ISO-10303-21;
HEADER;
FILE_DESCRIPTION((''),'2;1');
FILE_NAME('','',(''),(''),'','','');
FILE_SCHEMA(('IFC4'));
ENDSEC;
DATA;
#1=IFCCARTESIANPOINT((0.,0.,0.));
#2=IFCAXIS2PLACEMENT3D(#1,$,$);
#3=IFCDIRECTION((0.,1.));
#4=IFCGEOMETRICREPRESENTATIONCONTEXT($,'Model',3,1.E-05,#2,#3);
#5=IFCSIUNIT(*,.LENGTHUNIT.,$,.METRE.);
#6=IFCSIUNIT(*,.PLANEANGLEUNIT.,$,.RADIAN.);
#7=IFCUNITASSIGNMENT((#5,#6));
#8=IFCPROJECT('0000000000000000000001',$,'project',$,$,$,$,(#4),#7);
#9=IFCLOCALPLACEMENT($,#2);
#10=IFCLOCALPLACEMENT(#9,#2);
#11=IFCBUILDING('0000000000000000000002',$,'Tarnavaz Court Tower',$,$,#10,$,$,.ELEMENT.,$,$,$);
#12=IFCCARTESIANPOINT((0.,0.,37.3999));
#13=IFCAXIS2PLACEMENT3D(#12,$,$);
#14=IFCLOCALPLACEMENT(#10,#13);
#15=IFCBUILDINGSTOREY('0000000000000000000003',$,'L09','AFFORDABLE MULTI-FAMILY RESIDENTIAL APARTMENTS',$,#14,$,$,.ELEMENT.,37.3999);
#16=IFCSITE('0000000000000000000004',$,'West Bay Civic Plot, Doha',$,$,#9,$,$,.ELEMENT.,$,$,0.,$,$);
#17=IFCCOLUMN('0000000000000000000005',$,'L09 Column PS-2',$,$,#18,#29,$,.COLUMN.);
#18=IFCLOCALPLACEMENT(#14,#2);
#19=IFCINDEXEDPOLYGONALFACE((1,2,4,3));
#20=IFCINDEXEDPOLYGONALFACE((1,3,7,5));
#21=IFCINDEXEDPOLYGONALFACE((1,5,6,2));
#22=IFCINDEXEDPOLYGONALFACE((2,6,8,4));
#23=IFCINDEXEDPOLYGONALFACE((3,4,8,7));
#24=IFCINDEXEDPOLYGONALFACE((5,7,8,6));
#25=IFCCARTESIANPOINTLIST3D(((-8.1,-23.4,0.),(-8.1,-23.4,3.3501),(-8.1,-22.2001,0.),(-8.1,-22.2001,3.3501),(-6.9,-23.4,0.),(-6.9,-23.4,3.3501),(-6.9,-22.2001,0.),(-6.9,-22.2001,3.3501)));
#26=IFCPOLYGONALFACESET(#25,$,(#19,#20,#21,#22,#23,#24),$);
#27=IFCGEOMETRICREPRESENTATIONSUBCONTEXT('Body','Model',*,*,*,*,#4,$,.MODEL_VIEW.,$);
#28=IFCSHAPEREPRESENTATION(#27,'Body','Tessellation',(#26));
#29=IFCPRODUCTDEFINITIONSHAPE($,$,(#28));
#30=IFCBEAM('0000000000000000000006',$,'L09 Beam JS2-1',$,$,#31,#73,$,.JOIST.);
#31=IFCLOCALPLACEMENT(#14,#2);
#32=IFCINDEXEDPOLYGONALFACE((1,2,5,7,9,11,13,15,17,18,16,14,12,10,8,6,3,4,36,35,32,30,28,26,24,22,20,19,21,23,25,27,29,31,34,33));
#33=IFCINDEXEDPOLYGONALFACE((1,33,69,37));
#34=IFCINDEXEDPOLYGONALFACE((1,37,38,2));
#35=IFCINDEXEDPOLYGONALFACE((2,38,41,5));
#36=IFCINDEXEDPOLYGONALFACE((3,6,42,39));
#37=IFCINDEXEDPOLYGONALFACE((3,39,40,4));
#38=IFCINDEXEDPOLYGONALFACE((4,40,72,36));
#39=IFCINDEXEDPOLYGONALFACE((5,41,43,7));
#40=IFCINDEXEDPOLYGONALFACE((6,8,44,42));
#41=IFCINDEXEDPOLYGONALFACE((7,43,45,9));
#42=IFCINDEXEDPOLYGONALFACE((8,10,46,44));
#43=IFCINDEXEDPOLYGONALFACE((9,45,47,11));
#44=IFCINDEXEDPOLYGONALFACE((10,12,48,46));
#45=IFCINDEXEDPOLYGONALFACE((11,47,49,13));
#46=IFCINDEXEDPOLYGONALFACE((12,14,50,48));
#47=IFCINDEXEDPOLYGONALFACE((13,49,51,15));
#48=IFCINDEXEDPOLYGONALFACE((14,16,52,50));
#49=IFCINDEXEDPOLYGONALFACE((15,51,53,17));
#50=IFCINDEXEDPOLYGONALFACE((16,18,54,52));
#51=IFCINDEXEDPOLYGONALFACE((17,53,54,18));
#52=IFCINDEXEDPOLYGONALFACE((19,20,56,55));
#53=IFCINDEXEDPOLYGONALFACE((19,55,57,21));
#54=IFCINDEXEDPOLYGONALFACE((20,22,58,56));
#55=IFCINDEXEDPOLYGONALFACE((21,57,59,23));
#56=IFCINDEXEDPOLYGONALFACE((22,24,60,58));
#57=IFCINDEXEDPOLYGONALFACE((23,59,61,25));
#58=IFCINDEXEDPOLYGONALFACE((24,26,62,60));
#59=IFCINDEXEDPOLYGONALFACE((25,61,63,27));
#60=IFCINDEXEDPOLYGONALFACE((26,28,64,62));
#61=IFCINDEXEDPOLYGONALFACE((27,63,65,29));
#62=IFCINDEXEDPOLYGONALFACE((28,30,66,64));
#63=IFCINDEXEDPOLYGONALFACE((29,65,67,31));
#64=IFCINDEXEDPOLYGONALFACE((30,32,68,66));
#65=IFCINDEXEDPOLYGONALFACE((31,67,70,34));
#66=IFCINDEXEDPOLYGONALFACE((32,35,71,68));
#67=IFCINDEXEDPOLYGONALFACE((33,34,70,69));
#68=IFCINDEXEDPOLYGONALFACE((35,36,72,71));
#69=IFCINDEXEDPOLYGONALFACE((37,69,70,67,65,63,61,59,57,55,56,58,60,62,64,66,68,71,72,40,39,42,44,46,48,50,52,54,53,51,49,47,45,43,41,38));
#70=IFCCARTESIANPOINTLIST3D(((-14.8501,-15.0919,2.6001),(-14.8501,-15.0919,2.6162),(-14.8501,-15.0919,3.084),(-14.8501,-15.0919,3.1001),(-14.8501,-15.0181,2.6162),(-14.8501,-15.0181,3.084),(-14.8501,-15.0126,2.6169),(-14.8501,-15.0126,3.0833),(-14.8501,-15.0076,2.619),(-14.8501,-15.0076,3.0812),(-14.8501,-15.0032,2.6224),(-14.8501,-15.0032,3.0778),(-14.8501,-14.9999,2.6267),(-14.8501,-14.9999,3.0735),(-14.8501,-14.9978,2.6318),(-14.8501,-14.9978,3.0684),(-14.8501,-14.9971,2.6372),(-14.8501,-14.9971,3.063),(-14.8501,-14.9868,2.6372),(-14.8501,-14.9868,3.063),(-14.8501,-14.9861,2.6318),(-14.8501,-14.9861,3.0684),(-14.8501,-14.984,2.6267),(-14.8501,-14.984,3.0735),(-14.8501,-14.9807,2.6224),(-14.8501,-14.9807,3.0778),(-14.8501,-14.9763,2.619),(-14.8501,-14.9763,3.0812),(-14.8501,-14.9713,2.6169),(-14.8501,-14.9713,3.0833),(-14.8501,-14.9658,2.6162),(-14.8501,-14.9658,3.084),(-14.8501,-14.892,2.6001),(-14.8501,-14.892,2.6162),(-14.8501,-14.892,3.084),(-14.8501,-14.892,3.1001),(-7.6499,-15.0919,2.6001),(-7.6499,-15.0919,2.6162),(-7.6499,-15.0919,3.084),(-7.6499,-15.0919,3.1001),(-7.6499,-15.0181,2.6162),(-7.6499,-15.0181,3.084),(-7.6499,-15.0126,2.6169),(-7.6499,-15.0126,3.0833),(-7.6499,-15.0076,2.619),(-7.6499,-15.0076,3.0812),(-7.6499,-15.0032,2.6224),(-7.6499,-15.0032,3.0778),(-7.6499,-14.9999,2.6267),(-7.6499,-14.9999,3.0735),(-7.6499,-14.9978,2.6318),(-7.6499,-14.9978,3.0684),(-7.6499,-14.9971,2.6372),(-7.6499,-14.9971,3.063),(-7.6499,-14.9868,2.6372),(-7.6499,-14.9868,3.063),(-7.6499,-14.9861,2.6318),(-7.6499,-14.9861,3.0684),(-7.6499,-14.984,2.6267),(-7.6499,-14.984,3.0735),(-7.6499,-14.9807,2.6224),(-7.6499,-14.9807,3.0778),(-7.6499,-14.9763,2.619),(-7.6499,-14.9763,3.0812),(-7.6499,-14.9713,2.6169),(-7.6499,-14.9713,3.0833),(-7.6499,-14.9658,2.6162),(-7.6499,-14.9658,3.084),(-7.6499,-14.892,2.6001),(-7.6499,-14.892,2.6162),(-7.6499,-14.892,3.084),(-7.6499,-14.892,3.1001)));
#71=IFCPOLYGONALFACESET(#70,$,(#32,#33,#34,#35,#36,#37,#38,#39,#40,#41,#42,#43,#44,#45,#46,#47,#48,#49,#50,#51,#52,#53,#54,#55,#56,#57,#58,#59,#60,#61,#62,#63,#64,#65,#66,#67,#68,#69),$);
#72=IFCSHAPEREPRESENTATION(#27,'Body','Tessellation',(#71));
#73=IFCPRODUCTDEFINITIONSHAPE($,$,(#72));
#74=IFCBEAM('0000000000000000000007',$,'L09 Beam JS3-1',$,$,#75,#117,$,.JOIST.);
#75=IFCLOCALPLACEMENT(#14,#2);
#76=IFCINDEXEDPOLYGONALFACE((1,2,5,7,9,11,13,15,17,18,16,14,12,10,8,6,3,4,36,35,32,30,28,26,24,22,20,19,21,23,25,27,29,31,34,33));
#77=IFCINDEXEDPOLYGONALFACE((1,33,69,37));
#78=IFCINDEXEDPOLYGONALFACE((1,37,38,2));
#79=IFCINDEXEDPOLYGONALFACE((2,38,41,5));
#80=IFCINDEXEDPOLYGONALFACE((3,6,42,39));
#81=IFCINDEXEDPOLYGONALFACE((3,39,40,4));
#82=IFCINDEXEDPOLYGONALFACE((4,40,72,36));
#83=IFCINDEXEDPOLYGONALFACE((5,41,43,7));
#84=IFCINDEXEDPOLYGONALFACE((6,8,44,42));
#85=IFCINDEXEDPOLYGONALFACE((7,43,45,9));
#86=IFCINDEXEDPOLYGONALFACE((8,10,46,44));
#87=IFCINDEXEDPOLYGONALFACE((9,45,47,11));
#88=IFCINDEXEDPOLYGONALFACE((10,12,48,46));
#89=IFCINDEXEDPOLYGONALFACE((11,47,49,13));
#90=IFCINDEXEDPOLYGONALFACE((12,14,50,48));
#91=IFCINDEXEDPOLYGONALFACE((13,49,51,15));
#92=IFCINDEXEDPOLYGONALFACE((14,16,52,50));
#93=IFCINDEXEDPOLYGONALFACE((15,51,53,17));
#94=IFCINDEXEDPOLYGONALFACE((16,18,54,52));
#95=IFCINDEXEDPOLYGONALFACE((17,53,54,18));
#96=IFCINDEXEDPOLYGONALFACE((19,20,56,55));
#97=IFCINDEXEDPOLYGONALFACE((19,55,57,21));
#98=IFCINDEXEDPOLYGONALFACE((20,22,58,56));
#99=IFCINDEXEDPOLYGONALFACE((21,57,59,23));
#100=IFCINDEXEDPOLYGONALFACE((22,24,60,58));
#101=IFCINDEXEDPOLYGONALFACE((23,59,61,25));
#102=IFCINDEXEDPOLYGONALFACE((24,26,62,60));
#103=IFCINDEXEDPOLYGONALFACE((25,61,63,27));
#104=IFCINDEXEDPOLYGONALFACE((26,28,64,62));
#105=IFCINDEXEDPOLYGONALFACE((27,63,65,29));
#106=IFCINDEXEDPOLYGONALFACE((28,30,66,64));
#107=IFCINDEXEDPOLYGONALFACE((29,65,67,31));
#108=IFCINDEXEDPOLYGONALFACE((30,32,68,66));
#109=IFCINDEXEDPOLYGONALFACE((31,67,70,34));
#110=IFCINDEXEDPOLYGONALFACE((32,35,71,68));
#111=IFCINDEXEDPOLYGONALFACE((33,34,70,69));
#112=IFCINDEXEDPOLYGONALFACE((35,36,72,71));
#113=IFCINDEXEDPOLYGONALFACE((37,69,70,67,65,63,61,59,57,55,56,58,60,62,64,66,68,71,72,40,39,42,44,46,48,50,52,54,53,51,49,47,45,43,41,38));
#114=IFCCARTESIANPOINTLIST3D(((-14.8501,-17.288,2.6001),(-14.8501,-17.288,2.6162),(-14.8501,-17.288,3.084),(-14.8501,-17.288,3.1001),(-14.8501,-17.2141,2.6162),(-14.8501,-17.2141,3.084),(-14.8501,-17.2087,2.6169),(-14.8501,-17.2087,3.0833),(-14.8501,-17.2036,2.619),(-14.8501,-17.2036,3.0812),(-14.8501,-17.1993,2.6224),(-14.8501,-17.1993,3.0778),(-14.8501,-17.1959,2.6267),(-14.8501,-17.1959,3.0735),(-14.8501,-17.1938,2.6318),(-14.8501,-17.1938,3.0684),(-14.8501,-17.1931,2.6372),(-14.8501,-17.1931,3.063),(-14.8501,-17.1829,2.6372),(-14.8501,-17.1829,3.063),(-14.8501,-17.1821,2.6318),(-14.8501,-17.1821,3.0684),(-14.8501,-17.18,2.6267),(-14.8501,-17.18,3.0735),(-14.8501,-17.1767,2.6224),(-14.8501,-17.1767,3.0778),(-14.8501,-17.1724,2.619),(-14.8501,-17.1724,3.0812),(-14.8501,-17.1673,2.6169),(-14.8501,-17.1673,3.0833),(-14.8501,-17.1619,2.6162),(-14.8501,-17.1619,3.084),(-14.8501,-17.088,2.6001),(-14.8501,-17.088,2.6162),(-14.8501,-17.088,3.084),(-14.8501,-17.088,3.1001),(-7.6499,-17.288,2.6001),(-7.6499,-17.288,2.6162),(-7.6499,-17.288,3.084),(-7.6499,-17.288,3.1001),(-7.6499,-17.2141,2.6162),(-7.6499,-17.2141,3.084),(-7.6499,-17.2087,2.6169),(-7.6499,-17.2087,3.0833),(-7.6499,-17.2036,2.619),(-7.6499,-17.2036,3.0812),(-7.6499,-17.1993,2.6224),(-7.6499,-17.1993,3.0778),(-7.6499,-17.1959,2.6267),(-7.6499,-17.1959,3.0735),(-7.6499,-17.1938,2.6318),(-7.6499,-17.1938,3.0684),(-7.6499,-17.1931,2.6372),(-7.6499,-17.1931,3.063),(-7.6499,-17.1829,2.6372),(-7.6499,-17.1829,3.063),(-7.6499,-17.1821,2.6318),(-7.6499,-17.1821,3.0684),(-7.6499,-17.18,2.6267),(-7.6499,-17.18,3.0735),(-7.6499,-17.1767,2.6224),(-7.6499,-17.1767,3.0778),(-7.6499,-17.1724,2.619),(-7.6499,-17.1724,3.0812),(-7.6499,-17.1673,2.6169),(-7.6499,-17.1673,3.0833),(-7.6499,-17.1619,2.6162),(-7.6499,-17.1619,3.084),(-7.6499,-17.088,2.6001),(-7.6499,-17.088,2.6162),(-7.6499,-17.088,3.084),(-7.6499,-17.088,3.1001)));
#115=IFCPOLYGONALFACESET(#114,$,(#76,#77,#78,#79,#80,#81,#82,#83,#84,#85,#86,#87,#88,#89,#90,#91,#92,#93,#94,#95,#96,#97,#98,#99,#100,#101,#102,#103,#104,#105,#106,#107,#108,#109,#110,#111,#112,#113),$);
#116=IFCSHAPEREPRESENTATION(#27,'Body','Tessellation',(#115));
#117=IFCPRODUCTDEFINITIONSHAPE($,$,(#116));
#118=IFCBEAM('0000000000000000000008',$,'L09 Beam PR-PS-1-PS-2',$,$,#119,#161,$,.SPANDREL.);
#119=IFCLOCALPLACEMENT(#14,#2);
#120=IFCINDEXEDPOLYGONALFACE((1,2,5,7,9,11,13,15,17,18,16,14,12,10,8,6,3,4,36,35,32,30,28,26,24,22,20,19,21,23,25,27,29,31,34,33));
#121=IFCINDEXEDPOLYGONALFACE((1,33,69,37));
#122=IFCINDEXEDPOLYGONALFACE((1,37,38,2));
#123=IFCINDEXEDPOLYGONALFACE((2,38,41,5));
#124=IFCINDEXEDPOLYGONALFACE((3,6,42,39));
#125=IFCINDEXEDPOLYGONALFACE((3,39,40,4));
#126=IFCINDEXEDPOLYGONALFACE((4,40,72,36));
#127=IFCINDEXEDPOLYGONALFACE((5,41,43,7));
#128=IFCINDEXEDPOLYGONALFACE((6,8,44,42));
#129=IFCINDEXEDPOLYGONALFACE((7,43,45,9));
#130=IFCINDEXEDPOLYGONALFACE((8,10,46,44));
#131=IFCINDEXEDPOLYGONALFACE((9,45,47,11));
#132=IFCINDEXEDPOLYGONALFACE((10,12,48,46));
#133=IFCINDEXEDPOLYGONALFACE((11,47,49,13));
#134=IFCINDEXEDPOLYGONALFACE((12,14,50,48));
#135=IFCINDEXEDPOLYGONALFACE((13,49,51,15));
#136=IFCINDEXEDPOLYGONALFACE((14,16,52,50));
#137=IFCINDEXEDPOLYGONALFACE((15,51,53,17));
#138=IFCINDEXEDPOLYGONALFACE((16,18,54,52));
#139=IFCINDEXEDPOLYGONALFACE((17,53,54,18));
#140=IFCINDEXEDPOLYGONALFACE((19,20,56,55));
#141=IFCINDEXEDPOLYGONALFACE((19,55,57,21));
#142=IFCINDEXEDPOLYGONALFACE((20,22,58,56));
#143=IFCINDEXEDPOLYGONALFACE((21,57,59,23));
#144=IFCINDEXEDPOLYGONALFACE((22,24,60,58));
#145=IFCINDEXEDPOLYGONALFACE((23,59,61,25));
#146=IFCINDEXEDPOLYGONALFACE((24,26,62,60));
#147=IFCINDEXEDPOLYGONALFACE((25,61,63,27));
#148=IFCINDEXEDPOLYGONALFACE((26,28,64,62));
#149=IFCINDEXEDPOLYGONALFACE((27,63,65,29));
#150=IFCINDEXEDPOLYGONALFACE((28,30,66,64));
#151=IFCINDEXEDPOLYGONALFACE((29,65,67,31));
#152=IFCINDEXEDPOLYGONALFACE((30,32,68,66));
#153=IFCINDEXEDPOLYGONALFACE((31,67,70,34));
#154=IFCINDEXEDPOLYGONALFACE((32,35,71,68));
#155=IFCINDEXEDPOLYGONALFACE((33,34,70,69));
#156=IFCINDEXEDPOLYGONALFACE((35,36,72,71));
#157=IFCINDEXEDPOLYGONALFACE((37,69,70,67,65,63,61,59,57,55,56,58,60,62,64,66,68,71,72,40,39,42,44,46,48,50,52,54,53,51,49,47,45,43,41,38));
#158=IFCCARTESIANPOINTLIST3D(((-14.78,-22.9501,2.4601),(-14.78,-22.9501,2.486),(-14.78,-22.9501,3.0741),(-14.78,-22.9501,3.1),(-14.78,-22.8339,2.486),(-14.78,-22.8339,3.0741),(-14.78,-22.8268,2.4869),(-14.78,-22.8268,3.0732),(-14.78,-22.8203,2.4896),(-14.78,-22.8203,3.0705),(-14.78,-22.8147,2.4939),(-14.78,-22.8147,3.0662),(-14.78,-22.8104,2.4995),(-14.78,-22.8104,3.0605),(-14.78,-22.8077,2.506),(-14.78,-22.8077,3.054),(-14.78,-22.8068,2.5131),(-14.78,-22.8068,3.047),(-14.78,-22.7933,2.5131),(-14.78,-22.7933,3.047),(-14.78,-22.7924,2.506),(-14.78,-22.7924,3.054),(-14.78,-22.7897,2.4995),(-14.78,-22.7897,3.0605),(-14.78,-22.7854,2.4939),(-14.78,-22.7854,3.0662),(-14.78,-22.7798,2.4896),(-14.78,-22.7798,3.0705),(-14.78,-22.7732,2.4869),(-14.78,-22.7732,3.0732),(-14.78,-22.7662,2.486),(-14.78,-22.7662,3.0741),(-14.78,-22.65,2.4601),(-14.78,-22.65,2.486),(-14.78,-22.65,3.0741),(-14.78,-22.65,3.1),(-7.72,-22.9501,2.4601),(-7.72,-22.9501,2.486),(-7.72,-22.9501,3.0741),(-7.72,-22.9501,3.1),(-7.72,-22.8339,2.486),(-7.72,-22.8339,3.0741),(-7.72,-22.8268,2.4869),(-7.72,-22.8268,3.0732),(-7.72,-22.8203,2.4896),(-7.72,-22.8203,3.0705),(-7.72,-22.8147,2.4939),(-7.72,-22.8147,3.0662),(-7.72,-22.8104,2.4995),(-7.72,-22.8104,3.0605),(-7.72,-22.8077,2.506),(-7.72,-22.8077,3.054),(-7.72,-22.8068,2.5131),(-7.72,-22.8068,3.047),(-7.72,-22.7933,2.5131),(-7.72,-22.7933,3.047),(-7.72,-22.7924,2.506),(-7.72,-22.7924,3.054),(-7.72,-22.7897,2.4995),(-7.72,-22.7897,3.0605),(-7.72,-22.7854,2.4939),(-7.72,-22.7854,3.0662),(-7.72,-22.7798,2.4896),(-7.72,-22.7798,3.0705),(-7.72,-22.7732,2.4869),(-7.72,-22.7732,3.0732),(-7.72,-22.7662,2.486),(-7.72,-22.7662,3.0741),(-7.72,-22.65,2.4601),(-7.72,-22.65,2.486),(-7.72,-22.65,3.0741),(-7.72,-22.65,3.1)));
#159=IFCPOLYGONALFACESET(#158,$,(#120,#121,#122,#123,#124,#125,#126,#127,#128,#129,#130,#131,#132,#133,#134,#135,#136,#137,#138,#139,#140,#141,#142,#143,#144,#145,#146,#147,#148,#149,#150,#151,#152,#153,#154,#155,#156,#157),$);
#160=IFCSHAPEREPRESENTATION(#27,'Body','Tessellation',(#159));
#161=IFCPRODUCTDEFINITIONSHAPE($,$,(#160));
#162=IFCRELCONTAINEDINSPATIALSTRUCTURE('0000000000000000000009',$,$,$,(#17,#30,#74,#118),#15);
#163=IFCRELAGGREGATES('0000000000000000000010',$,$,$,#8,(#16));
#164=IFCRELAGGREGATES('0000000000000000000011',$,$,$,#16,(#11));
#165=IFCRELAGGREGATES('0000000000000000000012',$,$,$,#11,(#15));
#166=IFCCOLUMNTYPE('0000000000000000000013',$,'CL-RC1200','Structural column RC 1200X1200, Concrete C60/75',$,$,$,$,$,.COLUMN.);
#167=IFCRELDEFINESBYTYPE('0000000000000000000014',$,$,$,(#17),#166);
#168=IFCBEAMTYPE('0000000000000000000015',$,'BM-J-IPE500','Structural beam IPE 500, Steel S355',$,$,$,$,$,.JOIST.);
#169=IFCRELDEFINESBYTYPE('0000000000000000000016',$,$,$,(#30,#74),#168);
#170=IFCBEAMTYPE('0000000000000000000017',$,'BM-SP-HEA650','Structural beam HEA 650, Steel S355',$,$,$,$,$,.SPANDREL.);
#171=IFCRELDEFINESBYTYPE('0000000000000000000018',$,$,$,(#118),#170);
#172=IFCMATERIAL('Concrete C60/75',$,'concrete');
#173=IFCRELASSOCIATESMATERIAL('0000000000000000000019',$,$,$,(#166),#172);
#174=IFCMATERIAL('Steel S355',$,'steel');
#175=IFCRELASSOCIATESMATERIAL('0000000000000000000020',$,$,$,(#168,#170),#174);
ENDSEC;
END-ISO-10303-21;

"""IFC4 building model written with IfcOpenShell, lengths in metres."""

from ifc_helpers import new_model, si_unit, direction, frame, origin, origin_2d, place, context, subcontext, project, spatial, rectangle, i_section, extrude, material, material_profile, profile_set, type_object, element, save


model = new_model("IFC4")

# Units and contexts
model_context = context("Model", 3, precision=1e-05, world=origin(), true_north=direction((0.0, 1.0)))
body_context = subcontext(model_context, "Body", "Model", "MODEL_VIEW")
ifc_project = project(units=[si_unit("LENGTHUNIT", "METRE"), si_unit("PLANEANGLEUNIT", "RADIAN")], contexts=[model_context])

# Site, building, storey
site_placement = place(None, origin())
site = spatial("IfcSite", under=ifc_project, at=site_placement, Name="West Bay Civic Plot, Doha", CompositionType="ELEMENT", RefElevation=0.0)
building_placement = place(site_placement, origin())
building = spatial("IfcBuilding", under=site, at=building_placement, Name="Tarnavaz Court Tower", CompositionType="ELEMENT")
storey_placement = place(building_placement, frame((0.0, 0.0, 37.3999)))
storey = spatial("IfcBuildingStorey", under=building, at=storey_placement, Name="L09", Description="AFFORDABLE MULTI-FAMILY RESIDENTIAL APARTMENTS", CompositionType="ELEMENT", Elevation=37.3999)

# Column
ifc_material_1 = material(Name="Concrete C60/75", Category="concrete")
ifc_material_profile_1 = material_profile(ifc_material_1, rectangle(XDim=1.2, YDim=1.2, at=origin_2d()), Name="RC 1200X1200")
ifc_profile_set_1 = profile_set([ifc_material_profile_1], Name="Concrete C60/75")
column_type = type_object("IfcColumnType", Name="CL-RC1200", Description="Structural column RC 1200X1200, Concrete C60/75", PredefinedType="COLUMN", material=ifc_profile_set_1)
column_placement = place(storey_placement, frame((-7.5, -22.8, 0.0), z_axis=(0.0, 0.0, 1.0), x_axis=(1.0, 0.0, 0.0)))
element("IfcColumn", 1, at=column_placement, inside=storey, type_object=column_type, Name="L09 Column PS-2", PredefinedType="COLUMN", context=body_context, shape_type="SweptSolid", body=[
    extrude(rectangle(XDim=1.2, YDim=1.2, at=origin_2d()), origin(), (0.0, 0.0, 1.0), 3.3501),
])

# Beams
ifc_material_2 = material(Name="Steel S355", Category="steel")
ifc_material_profile_2 = material_profile(ifc_material_2, i_section(OverallWidth=0.2, OverallDepth=0.5, WebThickness=0.0103, FlangeThickness=0.0161, FilletRadius=0.021, at=origin_2d()), Name="IPE 500")
ifc_profile_set_2 = profile_set([ifc_material_profile_2], Name="Steel S355")
beam_type_1 = type_object("IfcBeamType", Name="BM-J-IPE500", Description="Structural beam IPE 500, Steel S355", PredefinedType="JOIST", material=ifc_profile_set_2)
for number, where, z_axis, x_axis, name in (
    (2, (-14.8501, -14.9919, 2.8501), (1.0, 0.0, 0.0), (0.0, 1.0, 0.0), "L09 Beam JS2-1"),
    (3, (-14.8501, -17.188, 2.8501), (1.0, 0.0, 0.0), (0.0, 1.0, 0.0), "L09 Beam JS3-1"),
):
    element("IfcBeam", number, at=place(storey_placement, frame(where, z_axis=z_axis, x_axis=x_axis)), inside=storey, type_object=beam_type_1, Name=name, PredefinedType="JOIST", context=body_context, shape_type="SweptSolid", body=[
        extrude(i_section(OverallWidth=0.2, OverallDepth=0.5, WebThickness=0.0103, FlangeThickness=0.0161, FilletRadius=0.021, at=origin_2d()), origin(), (0.0, 0.0, 1.0), 7.2002),
    ])
ifc_material_profile_3 = material_profile(ifc_material_2, i_section(OverallWidth=0.3, OverallDepth=0.6399, WebThickness=0.0134, FlangeThickness=0.0259, FilletRadius=0.0271, at=origin_2d()), Name="HEA 650")
ifc_profile_set_3 = profile_set([ifc_material_profile_3], Name="Steel S355")
beam_type_2 = type_object("IfcBeamType", Name="BM-SP-HEA650", Description="Structural beam HEA 650, Steel S355", PredefinedType="SPANDREL", material=ifc_profile_set_3)
beam_placement = place(storey_placement, frame((-14.78, -22.8, 2.78), z_axis=(1.0, 0.0, 0.0), x_axis=(0.0, 1.0, 0.0)))
element("IfcBeam", 4, at=beam_placement, inside=storey, type_object=beam_type_2, Name="L09 Beam PR-PS-1-PS-2", PredefinedType="SPANDREL", context=body_context, shape_type="SweptSolid", body=[
    extrude(i_section(OverallWidth=0.3, OverallDepth=0.6399, WebThickness=0.0134, FlangeThickness=0.0259, FilletRadius=0.0271, at=origin_2d()), origin(), (0.0, 0.0, 1.0), 7.0601),
])

save(model, "model.ifc")
